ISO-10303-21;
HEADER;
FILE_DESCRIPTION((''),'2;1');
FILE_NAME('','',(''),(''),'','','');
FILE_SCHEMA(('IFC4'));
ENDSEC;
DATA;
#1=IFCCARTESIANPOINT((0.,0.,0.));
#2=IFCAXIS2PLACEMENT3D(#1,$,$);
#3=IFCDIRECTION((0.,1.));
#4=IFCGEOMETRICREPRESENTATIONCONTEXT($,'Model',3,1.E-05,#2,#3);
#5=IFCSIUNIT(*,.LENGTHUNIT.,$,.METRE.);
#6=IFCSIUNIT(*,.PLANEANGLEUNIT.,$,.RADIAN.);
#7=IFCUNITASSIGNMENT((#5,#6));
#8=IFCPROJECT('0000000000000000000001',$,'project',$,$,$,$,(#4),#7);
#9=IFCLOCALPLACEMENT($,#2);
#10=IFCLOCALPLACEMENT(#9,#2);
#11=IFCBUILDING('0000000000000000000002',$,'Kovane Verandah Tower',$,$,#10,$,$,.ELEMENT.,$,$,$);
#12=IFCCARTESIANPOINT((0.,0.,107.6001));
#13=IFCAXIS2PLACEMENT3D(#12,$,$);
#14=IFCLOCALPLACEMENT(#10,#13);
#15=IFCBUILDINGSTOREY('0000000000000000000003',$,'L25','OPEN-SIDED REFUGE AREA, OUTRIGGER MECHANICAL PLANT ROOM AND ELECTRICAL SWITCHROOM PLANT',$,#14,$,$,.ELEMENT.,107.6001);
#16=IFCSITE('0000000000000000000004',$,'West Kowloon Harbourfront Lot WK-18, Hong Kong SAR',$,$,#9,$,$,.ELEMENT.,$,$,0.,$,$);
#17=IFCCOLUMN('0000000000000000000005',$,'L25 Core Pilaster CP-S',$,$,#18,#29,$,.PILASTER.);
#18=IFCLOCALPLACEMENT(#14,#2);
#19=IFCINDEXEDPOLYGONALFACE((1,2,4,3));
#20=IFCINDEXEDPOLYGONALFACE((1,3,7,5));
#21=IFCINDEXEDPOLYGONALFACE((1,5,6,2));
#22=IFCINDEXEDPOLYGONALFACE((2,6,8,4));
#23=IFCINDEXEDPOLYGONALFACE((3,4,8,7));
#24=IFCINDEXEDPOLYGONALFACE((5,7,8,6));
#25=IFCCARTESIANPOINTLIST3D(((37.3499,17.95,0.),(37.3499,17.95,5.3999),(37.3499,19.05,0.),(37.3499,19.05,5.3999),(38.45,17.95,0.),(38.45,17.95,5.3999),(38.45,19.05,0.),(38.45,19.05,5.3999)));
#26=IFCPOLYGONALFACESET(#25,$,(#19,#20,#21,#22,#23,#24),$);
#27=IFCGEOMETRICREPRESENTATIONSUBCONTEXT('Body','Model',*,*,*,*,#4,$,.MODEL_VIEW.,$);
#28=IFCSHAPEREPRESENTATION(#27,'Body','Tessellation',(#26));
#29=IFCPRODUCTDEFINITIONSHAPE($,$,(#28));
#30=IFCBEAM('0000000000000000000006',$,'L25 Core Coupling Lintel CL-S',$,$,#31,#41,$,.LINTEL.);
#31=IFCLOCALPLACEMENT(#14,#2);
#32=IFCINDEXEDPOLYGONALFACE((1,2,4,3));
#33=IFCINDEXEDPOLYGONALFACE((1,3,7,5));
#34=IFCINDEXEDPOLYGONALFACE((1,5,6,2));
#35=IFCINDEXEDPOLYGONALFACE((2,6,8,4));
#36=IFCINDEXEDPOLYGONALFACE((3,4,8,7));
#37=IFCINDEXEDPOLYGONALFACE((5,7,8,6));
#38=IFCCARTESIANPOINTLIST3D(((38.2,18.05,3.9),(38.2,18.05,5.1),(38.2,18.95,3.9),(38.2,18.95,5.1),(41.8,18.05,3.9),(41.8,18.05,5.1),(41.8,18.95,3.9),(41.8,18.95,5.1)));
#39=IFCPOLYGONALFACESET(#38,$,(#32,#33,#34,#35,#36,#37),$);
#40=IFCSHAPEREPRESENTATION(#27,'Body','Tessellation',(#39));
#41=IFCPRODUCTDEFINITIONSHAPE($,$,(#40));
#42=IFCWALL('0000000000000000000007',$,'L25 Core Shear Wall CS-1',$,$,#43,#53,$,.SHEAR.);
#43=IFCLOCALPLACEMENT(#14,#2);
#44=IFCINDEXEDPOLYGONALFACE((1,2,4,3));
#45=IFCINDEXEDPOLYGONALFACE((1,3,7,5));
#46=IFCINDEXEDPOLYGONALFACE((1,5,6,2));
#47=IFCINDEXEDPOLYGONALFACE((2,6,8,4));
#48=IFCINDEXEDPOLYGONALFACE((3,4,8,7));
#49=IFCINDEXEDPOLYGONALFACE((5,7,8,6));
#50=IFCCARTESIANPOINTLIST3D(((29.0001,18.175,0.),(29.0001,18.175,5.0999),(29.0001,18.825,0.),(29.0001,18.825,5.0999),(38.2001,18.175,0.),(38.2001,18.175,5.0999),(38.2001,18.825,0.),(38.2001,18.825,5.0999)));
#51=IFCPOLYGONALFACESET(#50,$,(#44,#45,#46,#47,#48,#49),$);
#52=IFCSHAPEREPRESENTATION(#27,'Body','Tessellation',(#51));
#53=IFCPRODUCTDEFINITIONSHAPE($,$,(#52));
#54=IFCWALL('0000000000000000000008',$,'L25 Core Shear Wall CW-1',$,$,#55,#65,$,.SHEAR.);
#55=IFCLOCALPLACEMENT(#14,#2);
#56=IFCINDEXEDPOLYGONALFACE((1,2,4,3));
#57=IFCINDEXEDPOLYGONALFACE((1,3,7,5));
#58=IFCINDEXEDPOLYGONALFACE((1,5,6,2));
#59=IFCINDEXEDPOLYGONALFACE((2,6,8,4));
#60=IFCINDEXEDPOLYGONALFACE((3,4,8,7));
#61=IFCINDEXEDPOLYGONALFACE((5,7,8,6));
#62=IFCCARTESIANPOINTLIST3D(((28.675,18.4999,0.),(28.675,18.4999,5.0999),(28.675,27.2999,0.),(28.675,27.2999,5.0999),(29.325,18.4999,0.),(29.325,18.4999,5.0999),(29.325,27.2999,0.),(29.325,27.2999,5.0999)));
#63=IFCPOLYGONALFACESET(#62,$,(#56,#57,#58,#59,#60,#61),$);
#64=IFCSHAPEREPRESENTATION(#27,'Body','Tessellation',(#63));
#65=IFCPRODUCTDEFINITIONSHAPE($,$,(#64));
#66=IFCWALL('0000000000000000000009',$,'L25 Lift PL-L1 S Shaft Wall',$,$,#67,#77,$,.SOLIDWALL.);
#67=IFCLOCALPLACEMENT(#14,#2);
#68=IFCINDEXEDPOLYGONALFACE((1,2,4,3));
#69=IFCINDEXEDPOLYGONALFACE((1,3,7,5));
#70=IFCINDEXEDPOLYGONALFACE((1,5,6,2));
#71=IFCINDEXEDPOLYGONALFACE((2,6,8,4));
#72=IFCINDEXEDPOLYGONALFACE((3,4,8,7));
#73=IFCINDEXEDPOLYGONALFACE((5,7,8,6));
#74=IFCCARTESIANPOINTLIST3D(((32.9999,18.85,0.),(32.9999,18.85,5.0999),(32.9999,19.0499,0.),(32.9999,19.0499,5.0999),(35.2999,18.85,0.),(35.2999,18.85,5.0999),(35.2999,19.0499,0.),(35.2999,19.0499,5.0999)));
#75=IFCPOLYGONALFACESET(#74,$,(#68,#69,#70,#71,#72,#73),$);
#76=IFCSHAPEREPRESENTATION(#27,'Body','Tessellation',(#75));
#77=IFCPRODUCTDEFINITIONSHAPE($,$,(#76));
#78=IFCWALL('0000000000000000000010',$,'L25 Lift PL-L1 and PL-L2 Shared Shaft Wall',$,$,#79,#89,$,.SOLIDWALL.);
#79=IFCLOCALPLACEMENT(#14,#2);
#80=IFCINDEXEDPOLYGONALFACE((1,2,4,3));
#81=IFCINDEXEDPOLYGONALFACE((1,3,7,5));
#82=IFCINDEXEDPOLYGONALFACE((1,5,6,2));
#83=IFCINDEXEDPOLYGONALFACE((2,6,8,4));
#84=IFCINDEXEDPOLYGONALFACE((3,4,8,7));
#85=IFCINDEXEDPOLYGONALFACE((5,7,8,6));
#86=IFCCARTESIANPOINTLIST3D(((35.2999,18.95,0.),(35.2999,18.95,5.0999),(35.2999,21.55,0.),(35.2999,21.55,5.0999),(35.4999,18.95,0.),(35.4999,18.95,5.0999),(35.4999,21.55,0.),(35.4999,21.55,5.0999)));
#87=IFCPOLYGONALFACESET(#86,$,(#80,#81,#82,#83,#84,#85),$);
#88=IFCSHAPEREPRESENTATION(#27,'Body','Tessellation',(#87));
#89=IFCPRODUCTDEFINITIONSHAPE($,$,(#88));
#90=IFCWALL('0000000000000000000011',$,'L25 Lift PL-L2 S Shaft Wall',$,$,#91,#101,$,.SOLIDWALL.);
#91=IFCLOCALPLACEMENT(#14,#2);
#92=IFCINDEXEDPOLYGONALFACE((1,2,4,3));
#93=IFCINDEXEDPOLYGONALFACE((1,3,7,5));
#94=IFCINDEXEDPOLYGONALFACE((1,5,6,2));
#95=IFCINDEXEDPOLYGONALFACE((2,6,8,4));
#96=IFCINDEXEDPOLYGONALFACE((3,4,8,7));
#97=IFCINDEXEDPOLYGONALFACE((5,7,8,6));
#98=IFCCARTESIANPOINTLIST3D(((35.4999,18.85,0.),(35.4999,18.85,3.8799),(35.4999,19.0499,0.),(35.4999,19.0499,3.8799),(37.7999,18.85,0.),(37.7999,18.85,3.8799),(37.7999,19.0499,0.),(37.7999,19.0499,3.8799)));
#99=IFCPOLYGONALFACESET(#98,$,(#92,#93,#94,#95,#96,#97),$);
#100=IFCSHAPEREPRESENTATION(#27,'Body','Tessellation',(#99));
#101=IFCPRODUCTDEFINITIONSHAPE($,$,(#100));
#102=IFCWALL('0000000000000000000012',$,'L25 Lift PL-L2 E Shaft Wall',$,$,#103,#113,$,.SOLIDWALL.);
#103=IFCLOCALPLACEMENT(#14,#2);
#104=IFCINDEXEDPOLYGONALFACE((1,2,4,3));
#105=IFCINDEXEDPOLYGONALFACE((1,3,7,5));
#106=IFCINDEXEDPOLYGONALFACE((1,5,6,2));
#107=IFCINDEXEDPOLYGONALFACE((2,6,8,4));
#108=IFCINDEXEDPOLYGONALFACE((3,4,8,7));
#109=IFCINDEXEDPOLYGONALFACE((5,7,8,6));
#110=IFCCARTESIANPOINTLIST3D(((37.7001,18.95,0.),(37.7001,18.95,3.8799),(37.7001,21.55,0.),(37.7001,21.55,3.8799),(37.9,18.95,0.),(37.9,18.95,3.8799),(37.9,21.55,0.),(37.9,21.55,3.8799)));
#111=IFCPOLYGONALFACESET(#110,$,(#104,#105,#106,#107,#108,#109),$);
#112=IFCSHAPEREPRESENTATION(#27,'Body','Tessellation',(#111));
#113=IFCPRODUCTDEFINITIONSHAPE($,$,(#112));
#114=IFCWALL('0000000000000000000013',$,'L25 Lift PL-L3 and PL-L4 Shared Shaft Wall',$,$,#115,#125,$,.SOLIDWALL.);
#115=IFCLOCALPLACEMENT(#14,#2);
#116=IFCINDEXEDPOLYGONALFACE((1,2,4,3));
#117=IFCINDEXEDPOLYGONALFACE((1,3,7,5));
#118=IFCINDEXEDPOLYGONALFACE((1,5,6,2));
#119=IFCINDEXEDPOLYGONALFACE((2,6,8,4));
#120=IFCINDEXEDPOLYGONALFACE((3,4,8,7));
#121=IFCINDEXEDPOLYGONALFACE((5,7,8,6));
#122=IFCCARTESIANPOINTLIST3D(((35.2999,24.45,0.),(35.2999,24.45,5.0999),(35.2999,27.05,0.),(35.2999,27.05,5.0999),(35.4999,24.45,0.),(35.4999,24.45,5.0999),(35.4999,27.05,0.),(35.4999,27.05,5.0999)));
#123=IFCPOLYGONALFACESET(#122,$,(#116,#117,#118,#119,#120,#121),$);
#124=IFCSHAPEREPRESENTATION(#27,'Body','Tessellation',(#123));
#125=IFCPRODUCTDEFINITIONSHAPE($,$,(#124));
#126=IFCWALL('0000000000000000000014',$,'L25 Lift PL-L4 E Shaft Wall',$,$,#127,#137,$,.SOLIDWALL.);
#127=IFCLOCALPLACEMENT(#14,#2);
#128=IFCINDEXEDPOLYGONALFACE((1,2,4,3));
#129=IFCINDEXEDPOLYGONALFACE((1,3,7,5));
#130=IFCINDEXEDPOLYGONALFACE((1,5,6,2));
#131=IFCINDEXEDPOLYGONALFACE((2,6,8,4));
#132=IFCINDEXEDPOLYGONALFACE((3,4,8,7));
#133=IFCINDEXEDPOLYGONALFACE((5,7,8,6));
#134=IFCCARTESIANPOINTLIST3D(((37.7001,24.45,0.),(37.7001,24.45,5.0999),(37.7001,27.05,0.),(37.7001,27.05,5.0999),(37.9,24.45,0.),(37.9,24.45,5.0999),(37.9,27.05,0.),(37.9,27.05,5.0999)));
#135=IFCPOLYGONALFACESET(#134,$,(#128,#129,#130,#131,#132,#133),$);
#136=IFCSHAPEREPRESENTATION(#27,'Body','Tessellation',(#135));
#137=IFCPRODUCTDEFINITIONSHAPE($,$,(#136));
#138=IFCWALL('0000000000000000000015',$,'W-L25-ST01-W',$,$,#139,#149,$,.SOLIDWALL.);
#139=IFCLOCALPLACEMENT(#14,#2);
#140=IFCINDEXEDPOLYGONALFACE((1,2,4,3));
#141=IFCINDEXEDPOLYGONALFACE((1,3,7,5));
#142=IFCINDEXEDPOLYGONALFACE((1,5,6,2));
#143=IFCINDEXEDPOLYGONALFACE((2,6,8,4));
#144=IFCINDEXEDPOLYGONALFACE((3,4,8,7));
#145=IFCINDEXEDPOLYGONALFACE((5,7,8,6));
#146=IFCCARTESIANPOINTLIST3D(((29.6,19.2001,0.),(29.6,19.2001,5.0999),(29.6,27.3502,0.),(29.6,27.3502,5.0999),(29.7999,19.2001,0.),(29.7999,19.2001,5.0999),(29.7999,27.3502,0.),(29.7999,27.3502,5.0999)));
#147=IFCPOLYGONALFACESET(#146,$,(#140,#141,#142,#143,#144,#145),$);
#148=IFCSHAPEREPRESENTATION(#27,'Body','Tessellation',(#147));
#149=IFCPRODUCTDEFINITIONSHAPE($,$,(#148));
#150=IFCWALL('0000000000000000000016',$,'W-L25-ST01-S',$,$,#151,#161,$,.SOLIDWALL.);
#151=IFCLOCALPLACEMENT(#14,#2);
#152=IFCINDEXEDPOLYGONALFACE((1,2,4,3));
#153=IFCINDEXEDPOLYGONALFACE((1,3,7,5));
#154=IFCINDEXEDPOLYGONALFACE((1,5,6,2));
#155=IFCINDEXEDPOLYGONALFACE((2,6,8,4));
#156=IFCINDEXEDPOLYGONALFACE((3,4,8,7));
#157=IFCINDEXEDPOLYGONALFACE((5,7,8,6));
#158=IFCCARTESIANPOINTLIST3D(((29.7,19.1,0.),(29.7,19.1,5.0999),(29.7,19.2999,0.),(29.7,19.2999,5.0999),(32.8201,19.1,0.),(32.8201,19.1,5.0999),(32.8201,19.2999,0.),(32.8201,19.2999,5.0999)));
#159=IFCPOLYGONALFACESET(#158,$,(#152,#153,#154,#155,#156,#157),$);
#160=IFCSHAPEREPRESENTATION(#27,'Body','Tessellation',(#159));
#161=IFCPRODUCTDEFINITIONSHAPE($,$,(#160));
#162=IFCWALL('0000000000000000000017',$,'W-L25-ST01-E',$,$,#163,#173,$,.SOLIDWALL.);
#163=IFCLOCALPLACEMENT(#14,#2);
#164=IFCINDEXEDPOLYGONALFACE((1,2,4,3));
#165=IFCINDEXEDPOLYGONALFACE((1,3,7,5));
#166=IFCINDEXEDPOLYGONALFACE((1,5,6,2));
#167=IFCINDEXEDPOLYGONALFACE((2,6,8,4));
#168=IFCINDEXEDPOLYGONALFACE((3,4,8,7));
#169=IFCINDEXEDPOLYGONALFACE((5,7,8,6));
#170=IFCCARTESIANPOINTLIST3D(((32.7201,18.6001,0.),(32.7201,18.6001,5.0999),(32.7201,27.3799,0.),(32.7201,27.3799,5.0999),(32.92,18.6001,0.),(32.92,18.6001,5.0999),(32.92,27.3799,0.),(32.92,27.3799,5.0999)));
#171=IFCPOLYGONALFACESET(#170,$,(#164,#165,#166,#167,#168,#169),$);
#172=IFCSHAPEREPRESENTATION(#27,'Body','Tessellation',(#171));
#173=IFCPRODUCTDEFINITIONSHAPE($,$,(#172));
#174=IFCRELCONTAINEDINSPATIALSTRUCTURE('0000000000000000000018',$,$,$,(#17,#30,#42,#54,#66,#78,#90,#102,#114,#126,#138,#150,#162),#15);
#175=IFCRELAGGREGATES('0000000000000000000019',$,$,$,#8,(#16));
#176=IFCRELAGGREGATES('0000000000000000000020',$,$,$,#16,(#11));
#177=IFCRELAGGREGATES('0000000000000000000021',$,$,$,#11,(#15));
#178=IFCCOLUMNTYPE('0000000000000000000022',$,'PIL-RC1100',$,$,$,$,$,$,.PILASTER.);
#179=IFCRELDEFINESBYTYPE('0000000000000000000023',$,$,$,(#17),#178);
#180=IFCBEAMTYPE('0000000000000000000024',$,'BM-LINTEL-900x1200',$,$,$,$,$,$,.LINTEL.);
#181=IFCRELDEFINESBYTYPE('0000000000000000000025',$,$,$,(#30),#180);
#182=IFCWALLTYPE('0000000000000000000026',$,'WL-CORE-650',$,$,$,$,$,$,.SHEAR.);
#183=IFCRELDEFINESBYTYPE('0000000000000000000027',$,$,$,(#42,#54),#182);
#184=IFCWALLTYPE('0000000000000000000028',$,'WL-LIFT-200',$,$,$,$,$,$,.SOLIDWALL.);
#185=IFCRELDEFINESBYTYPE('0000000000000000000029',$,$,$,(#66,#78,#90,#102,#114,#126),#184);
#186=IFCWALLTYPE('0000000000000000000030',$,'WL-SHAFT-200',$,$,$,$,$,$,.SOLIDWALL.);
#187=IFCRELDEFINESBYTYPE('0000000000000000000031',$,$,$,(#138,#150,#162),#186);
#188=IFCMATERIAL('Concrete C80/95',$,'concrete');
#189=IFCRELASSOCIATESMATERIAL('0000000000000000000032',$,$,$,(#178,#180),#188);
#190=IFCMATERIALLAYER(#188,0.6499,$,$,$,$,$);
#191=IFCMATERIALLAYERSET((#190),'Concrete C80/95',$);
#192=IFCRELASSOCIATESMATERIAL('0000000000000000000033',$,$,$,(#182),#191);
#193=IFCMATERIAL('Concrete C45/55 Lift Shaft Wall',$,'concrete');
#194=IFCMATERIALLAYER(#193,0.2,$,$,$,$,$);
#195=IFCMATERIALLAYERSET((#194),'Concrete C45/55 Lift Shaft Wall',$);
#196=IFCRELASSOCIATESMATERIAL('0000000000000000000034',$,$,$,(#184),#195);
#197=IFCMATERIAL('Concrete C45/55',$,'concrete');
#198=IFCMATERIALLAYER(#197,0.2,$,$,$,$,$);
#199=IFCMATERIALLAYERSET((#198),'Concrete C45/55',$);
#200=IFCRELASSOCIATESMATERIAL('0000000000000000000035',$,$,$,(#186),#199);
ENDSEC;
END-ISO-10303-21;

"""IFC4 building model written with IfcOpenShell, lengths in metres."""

from ifc_helpers import new_model, si_unit, direction, frame, frame_2d, origin, origin_2d, place, context, subcontext, project, spatial, rectangle, extrude, material, layer, layer_set, material_profile, profile_set, type_object, element, save


model = new_model("IFC4")

# Units and contexts
model_context = context("Model", 3, precision=1e-05, world=origin(), true_north=direction((0.0, 1.0)))
body_context = subcontext(model_context, "Body", "Model", "MODEL_VIEW")
ifc_project = project(units=[si_unit("LENGTHUNIT", "METRE"), si_unit("PLANEANGLEUNIT", "RADIAN")], contexts=[model_context])

# Site, building, storey
site_placement = place(None, origin())
site = spatial("IfcSite", under=ifc_project, at=site_placement, Name="West Kowloon Harbourfront Lot WK-18, Hong Kong SAR", CompositionType="ELEMENT", RefElevation=0.0)
building_placement = place(site_placement, origin())
building = spatial("IfcBuilding", under=site, at=building_placement, Name="Kovane Verandah Tower", CompositionType="ELEMENT")
storey_placement = place(building_placement, frame((0.0, 0.0, 107.6001)))
storey = spatial("IfcBuildingStorey", under=building, at=storey_placement, Name="L25", Description="OPEN-SIDED REFUGE AREA, OUTRIGGER MECHANICAL PLANT ROOM AND ELECTRICAL SWITCHROOM PLANT", CompositionType="ELEMENT", Elevation=107.6001)

# Column
ifc_material_1 = material(Name="Concrete C80/95", Category="concrete")
ifc_material_profile_1 = material_profile(ifc_material_1, rectangle(XDim=1.1001, YDim=1.1001, at=origin_2d()), Name="RC1100x1100")
ifc_profile_set_1 = profile_set([ifc_material_profile_1], Name="Concrete C80/95")
column_type = type_object("IfcColumnType", Name="PIL-RC1100", PredefinedType="PILASTER", material=ifc_profile_set_1)
column_placement = place(storey_placement, frame((37.8999, 18.5, 0.0), z_axis=(0.0, 0.0, 1.0), x_axis=(1.0, 0.0, 0.0)))
element("IfcColumn", 1, at=column_placement, inside=storey, type_object=column_type, Name="L25 Core Pilaster CP-S", PredefinedType="PILASTER", context=body_context, shape_type="SweptSolid", body=[
    extrude(rectangle(XDim=1.1001, YDim=1.1001, at=origin_2d()), origin(), (0.0, 0.0, 1.0), 5.3999),
])

# Beam
ifc_material_profile_2 = material_profile(ifc_material_1, rectangle(XDim=0.8999, YDim=1.2, at=origin_2d()), Name="RCB900x1200")
ifc_profile_set_2 = profile_set([ifc_material_profile_2], Name="Concrete C80/95")
beam_type = type_object("IfcBeamType", Name="BM-LINTEL-900x1200", PredefinedType="LINTEL", material=ifc_profile_set_2)
beam_placement = place(storey_placement, frame((38.2, 18.5, 4.5), z_axis=(1.0, 0.0, 0.0), x_axis=(0.0, 1.0, 0.0)))
element("IfcBeam", 2, at=beam_placement, inside=storey, type_object=beam_type, Name="L25 Core Coupling Lintel CL-S", PredefinedType="LINTEL", context=body_context, shape_type="SweptSolid", body=[
    extrude(rectangle(XDim=0.8999, YDim=1.2, at=origin_2d()), origin(), (0.0, 0.0, 1.0), 3.6001),
])

# Walls
ifc_layer_1 = layer(ifc_material_1, 0.6499)
ifc_layer_set_1 = layer_set([ifc_layer_1], Name="Concrete C80/95")
wall_type_1 = type_object("IfcWallType", Name="WL-CORE-650", PredefinedType="SHEAR", material=ifc_layer_set_1)
wall_1_placement = place(storey_placement, frame((29.0, 18.5, 0.0), z_axis=(0.0, 0.0, 1.0), x_axis=(1.0, 0.0, 0.0)))
element("IfcWall", 3, at=wall_1_placement, inside=storey, type_object=wall_type_1, Name="L25 Core Shear Wall CS-1", PredefinedType="SHEAR", context=body_context, shape_type="SweptSolid", body=[
    extrude(rectangle(XDim=9.2, YDim=0.6499, at=frame_2d((4.6001, 0.0))), origin(), (0.0, 0.0, 1.0), 5.0999),
])
wall_2_placement = place(storey_placement, frame((29.0, 18.5, 0.0), z_axis=(0.0, 0.0, 1.0), x_axis=(0.0, 1.0, 0.0)))
element("IfcWall", 4, at=wall_2_placement, inside=storey, type_object=wall_type_1, Name="L25 Core Shear Wall CW-1", PredefinedType="SHEAR", context=body_context, shape_type="SweptSolid", body=[
    extrude(rectangle(XDim=8.8, YDim=0.6499, at=frame_2d((4.3999, 0.0))), origin(), (0.0, 0.0, 1.0), 5.0999),
])
ifc_material_2 = material(Name="Concrete C45/55 Lift Shaft Wall", Category="concrete")
ifc_layer_2 = layer(ifc_material_2, 0.2)
ifc_layer_set_2 = layer_set([ifc_layer_2], Name="Concrete C45/55 Lift Shaft Wall")
wall_type_2 = type_object("IfcWallType", Name="WL-LIFT-200", PredefinedType="SOLIDWALL", material=ifc_layer_set_2)
wall_3_placement = place(storey_placement, frame((33.0, 18.95, 0.0), z_axis=(0.0, 0.0, 1.0), x_axis=(1.0, 0.0, 0.0)))
element("IfcWall", 5, at=wall_3_placement, inside=storey, type_object=wall_type_2, Name="L25 Lift PL-L1 S Shaft Wall", PredefinedType="SOLIDWALL", context=body_context, shape_type="SweptSolid", body=[
    extrude(rectangle(XDim=2.3, YDim=0.2, at=frame_2d((1.1499, 0.0))), origin(), (0.0, 0.0, 1.0), 5.0999),
])

# Walls
wall_4_placement = place(storey_placement, frame((35.3999, 18.95, 0.0), z_axis=(0.0, 0.0, 1.0), x_axis=(0.0, 1.0, 0.0)))
element("IfcWall", 6, at=wall_4_placement, inside=storey, type_object=wall_type_2, Name="L25 Lift PL-L1 and PL-L2 Shared Shaft Wall", PredefinedType="SOLIDWALL", context=body_context, shape_type="SweptSolid", body=[
    extrude(rectangle(XDim=2.6001, YDim=0.2, at=frame_2d((1.3, 0.0))), origin(), (0.0, 0.0, 1.0), 5.0999),
])
wall_5_placement = place(storey_placement, frame((35.5, 18.95, 0.0), z_axis=(0.0, 0.0, 1.0), x_axis=(1.0, 0.0, 0.0)))
element("IfcWall", 7, at=wall_5_placement, inside=storey, type_object=wall_type_2, Name="L25 Lift PL-L2 S Shaft Wall", PredefinedType="SOLIDWALL", context=body_context, shape_type="SweptSolid", body=[
    extrude(rectangle(XDim=2.3, YDim=0.2, at=frame_2d((1.1499, 0.0))), origin(), (0.0, 0.0, 1.0), 3.8799),
])

# Wall
wall_6_placement = place(storey_placement, frame((37.8, 18.95, 0.0), z_axis=(0.0, 0.0, 1.0), x_axis=(0.0, 1.0, 0.0)))
element("IfcWall", 8, at=wall_6_placement, inside=storey, type_object=wall_type_2, Name="L25 Lift PL-L2 E Shaft Wall", PredefinedType="SOLIDWALL", context=body_context, shape_type="SweptSolid", body=[
    extrude(rectangle(XDim=2.6001, YDim=0.2, at=frame_2d((1.3, 0.0))), origin(), (0.0, 0.0, 1.0), 3.8799),
])

# Wall
wall_7_placement = place(storey_placement, frame((35.3999, 24.45, 0.0), z_axis=(0.0, 0.0, 1.0), x_axis=(0.0, 1.0, 0.0)))
element("IfcWall", 9, at=wall_7_placement, inside=storey, type_object=wall_type_2, Name="L25 Lift PL-L3 and PL-L4 Shared Shaft Wall", PredefinedType="SOLIDWALL", context=body_context, shape_type="SweptSolid", body=[
    extrude(rectangle(XDim=2.6001, YDim=0.2, at=frame_2d((1.3, 0.0))), origin(), (0.0, 0.0, 1.0), 5.0999),
])

# Walls
wall_8_placement = place(storey_placement, frame((37.8, 24.45, 0.0), z_axis=(0.0, 0.0, 1.0), x_axis=(0.0, 1.0, 0.0)))
element("IfcWall", 10, at=wall_8_placement, inside=storey, type_object=wall_type_2, Name="L25 Lift PL-L4 E Shaft Wall", PredefinedType="SOLIDWALL", context=body_context, shape_type="SweptSolid", body=[
    extrude(rectangle(XDim=2.6001, YDim=0.2, at=frame_2d((1.3, 0.0))), origin(), (0.0, 0.0, 1.0), 5.0999),
])
ifc_material_3 = material(Name="Concrete C45/55", Category="concrete")
ifc_layer_3 = layer(ifc_material_3, 0.2)
ifc_layer_set_3 = layer_set([ifc_layer_3], Name="Concrete C45/55")
wall_type_3 = type_object("IfcWallType", Name="WL-SHAFT-200", PredefinedType="SOLIDWALL", material=ifc_layer_set_3)
wall_9_placement = place(storey_placement, frame((29.7, 19.2, 0.0), z_axis=(0.0, 0.0, 1.0), x_axis=(0.0, 1.0, 0.0)))
element("IfcWall", 11, at=wall_9_placement, inside=storey, type_object=wall_type_3, Name="W-L25-ST01-W", PredefinedType="SOLIDWALL", context=body_context, shape_type="SweptSolid", body=[
    extrude(rectangle(XDim=8.1501, YDim=0.2, at=frame_2d((4.0752, 0.0))), origin(), (0.0, 0.0, 1.0), 5.0999),
])
wall_10_placement = place(storey_placement, frame((29.7, 19.2, 0.0), z_axis=(0.0, 0.0, 1.0), x_axis=(1.0, 0.0, 0.0)))
element("IfcWall", 12, at=wall_10_placement, inside=storey, type_object=wall_type_3, Name="W-L25-ST01-S", PredefinedType="SOLIDWALL", context=body_context, shape_type="SweptSolid", body=[
    extrude(rectangle(XDim=3.1201, YDim=0.2, at=frame_2d((1.5601, 0.0))), origin(), (0.0, 0.0, 1.0), 5.0999),
])
wall_11_placement = place(storey_placement, frame((32.8201, 18.6001, 0.0), z_axis=(0.0, 0.0, 1.0), x_axis=(0.0, 1.0, 0.0)))
element("IfcWall", 13, at=wall_11_placement, inside=storey, type_object=wall_type_3, Name="W-L25-ST01-E", PredefinedType="SOLIDWALL", context=body_context, shape_type="SweptSolid", body=[
    extrude(rectangle(XDim=8.7798, YDim=0.2, at=frame_2d((4.3899, 0.0))), origin(), (0.0, 0.0, 1.0), 5.0999),
])

save(model, "model.ifc")
